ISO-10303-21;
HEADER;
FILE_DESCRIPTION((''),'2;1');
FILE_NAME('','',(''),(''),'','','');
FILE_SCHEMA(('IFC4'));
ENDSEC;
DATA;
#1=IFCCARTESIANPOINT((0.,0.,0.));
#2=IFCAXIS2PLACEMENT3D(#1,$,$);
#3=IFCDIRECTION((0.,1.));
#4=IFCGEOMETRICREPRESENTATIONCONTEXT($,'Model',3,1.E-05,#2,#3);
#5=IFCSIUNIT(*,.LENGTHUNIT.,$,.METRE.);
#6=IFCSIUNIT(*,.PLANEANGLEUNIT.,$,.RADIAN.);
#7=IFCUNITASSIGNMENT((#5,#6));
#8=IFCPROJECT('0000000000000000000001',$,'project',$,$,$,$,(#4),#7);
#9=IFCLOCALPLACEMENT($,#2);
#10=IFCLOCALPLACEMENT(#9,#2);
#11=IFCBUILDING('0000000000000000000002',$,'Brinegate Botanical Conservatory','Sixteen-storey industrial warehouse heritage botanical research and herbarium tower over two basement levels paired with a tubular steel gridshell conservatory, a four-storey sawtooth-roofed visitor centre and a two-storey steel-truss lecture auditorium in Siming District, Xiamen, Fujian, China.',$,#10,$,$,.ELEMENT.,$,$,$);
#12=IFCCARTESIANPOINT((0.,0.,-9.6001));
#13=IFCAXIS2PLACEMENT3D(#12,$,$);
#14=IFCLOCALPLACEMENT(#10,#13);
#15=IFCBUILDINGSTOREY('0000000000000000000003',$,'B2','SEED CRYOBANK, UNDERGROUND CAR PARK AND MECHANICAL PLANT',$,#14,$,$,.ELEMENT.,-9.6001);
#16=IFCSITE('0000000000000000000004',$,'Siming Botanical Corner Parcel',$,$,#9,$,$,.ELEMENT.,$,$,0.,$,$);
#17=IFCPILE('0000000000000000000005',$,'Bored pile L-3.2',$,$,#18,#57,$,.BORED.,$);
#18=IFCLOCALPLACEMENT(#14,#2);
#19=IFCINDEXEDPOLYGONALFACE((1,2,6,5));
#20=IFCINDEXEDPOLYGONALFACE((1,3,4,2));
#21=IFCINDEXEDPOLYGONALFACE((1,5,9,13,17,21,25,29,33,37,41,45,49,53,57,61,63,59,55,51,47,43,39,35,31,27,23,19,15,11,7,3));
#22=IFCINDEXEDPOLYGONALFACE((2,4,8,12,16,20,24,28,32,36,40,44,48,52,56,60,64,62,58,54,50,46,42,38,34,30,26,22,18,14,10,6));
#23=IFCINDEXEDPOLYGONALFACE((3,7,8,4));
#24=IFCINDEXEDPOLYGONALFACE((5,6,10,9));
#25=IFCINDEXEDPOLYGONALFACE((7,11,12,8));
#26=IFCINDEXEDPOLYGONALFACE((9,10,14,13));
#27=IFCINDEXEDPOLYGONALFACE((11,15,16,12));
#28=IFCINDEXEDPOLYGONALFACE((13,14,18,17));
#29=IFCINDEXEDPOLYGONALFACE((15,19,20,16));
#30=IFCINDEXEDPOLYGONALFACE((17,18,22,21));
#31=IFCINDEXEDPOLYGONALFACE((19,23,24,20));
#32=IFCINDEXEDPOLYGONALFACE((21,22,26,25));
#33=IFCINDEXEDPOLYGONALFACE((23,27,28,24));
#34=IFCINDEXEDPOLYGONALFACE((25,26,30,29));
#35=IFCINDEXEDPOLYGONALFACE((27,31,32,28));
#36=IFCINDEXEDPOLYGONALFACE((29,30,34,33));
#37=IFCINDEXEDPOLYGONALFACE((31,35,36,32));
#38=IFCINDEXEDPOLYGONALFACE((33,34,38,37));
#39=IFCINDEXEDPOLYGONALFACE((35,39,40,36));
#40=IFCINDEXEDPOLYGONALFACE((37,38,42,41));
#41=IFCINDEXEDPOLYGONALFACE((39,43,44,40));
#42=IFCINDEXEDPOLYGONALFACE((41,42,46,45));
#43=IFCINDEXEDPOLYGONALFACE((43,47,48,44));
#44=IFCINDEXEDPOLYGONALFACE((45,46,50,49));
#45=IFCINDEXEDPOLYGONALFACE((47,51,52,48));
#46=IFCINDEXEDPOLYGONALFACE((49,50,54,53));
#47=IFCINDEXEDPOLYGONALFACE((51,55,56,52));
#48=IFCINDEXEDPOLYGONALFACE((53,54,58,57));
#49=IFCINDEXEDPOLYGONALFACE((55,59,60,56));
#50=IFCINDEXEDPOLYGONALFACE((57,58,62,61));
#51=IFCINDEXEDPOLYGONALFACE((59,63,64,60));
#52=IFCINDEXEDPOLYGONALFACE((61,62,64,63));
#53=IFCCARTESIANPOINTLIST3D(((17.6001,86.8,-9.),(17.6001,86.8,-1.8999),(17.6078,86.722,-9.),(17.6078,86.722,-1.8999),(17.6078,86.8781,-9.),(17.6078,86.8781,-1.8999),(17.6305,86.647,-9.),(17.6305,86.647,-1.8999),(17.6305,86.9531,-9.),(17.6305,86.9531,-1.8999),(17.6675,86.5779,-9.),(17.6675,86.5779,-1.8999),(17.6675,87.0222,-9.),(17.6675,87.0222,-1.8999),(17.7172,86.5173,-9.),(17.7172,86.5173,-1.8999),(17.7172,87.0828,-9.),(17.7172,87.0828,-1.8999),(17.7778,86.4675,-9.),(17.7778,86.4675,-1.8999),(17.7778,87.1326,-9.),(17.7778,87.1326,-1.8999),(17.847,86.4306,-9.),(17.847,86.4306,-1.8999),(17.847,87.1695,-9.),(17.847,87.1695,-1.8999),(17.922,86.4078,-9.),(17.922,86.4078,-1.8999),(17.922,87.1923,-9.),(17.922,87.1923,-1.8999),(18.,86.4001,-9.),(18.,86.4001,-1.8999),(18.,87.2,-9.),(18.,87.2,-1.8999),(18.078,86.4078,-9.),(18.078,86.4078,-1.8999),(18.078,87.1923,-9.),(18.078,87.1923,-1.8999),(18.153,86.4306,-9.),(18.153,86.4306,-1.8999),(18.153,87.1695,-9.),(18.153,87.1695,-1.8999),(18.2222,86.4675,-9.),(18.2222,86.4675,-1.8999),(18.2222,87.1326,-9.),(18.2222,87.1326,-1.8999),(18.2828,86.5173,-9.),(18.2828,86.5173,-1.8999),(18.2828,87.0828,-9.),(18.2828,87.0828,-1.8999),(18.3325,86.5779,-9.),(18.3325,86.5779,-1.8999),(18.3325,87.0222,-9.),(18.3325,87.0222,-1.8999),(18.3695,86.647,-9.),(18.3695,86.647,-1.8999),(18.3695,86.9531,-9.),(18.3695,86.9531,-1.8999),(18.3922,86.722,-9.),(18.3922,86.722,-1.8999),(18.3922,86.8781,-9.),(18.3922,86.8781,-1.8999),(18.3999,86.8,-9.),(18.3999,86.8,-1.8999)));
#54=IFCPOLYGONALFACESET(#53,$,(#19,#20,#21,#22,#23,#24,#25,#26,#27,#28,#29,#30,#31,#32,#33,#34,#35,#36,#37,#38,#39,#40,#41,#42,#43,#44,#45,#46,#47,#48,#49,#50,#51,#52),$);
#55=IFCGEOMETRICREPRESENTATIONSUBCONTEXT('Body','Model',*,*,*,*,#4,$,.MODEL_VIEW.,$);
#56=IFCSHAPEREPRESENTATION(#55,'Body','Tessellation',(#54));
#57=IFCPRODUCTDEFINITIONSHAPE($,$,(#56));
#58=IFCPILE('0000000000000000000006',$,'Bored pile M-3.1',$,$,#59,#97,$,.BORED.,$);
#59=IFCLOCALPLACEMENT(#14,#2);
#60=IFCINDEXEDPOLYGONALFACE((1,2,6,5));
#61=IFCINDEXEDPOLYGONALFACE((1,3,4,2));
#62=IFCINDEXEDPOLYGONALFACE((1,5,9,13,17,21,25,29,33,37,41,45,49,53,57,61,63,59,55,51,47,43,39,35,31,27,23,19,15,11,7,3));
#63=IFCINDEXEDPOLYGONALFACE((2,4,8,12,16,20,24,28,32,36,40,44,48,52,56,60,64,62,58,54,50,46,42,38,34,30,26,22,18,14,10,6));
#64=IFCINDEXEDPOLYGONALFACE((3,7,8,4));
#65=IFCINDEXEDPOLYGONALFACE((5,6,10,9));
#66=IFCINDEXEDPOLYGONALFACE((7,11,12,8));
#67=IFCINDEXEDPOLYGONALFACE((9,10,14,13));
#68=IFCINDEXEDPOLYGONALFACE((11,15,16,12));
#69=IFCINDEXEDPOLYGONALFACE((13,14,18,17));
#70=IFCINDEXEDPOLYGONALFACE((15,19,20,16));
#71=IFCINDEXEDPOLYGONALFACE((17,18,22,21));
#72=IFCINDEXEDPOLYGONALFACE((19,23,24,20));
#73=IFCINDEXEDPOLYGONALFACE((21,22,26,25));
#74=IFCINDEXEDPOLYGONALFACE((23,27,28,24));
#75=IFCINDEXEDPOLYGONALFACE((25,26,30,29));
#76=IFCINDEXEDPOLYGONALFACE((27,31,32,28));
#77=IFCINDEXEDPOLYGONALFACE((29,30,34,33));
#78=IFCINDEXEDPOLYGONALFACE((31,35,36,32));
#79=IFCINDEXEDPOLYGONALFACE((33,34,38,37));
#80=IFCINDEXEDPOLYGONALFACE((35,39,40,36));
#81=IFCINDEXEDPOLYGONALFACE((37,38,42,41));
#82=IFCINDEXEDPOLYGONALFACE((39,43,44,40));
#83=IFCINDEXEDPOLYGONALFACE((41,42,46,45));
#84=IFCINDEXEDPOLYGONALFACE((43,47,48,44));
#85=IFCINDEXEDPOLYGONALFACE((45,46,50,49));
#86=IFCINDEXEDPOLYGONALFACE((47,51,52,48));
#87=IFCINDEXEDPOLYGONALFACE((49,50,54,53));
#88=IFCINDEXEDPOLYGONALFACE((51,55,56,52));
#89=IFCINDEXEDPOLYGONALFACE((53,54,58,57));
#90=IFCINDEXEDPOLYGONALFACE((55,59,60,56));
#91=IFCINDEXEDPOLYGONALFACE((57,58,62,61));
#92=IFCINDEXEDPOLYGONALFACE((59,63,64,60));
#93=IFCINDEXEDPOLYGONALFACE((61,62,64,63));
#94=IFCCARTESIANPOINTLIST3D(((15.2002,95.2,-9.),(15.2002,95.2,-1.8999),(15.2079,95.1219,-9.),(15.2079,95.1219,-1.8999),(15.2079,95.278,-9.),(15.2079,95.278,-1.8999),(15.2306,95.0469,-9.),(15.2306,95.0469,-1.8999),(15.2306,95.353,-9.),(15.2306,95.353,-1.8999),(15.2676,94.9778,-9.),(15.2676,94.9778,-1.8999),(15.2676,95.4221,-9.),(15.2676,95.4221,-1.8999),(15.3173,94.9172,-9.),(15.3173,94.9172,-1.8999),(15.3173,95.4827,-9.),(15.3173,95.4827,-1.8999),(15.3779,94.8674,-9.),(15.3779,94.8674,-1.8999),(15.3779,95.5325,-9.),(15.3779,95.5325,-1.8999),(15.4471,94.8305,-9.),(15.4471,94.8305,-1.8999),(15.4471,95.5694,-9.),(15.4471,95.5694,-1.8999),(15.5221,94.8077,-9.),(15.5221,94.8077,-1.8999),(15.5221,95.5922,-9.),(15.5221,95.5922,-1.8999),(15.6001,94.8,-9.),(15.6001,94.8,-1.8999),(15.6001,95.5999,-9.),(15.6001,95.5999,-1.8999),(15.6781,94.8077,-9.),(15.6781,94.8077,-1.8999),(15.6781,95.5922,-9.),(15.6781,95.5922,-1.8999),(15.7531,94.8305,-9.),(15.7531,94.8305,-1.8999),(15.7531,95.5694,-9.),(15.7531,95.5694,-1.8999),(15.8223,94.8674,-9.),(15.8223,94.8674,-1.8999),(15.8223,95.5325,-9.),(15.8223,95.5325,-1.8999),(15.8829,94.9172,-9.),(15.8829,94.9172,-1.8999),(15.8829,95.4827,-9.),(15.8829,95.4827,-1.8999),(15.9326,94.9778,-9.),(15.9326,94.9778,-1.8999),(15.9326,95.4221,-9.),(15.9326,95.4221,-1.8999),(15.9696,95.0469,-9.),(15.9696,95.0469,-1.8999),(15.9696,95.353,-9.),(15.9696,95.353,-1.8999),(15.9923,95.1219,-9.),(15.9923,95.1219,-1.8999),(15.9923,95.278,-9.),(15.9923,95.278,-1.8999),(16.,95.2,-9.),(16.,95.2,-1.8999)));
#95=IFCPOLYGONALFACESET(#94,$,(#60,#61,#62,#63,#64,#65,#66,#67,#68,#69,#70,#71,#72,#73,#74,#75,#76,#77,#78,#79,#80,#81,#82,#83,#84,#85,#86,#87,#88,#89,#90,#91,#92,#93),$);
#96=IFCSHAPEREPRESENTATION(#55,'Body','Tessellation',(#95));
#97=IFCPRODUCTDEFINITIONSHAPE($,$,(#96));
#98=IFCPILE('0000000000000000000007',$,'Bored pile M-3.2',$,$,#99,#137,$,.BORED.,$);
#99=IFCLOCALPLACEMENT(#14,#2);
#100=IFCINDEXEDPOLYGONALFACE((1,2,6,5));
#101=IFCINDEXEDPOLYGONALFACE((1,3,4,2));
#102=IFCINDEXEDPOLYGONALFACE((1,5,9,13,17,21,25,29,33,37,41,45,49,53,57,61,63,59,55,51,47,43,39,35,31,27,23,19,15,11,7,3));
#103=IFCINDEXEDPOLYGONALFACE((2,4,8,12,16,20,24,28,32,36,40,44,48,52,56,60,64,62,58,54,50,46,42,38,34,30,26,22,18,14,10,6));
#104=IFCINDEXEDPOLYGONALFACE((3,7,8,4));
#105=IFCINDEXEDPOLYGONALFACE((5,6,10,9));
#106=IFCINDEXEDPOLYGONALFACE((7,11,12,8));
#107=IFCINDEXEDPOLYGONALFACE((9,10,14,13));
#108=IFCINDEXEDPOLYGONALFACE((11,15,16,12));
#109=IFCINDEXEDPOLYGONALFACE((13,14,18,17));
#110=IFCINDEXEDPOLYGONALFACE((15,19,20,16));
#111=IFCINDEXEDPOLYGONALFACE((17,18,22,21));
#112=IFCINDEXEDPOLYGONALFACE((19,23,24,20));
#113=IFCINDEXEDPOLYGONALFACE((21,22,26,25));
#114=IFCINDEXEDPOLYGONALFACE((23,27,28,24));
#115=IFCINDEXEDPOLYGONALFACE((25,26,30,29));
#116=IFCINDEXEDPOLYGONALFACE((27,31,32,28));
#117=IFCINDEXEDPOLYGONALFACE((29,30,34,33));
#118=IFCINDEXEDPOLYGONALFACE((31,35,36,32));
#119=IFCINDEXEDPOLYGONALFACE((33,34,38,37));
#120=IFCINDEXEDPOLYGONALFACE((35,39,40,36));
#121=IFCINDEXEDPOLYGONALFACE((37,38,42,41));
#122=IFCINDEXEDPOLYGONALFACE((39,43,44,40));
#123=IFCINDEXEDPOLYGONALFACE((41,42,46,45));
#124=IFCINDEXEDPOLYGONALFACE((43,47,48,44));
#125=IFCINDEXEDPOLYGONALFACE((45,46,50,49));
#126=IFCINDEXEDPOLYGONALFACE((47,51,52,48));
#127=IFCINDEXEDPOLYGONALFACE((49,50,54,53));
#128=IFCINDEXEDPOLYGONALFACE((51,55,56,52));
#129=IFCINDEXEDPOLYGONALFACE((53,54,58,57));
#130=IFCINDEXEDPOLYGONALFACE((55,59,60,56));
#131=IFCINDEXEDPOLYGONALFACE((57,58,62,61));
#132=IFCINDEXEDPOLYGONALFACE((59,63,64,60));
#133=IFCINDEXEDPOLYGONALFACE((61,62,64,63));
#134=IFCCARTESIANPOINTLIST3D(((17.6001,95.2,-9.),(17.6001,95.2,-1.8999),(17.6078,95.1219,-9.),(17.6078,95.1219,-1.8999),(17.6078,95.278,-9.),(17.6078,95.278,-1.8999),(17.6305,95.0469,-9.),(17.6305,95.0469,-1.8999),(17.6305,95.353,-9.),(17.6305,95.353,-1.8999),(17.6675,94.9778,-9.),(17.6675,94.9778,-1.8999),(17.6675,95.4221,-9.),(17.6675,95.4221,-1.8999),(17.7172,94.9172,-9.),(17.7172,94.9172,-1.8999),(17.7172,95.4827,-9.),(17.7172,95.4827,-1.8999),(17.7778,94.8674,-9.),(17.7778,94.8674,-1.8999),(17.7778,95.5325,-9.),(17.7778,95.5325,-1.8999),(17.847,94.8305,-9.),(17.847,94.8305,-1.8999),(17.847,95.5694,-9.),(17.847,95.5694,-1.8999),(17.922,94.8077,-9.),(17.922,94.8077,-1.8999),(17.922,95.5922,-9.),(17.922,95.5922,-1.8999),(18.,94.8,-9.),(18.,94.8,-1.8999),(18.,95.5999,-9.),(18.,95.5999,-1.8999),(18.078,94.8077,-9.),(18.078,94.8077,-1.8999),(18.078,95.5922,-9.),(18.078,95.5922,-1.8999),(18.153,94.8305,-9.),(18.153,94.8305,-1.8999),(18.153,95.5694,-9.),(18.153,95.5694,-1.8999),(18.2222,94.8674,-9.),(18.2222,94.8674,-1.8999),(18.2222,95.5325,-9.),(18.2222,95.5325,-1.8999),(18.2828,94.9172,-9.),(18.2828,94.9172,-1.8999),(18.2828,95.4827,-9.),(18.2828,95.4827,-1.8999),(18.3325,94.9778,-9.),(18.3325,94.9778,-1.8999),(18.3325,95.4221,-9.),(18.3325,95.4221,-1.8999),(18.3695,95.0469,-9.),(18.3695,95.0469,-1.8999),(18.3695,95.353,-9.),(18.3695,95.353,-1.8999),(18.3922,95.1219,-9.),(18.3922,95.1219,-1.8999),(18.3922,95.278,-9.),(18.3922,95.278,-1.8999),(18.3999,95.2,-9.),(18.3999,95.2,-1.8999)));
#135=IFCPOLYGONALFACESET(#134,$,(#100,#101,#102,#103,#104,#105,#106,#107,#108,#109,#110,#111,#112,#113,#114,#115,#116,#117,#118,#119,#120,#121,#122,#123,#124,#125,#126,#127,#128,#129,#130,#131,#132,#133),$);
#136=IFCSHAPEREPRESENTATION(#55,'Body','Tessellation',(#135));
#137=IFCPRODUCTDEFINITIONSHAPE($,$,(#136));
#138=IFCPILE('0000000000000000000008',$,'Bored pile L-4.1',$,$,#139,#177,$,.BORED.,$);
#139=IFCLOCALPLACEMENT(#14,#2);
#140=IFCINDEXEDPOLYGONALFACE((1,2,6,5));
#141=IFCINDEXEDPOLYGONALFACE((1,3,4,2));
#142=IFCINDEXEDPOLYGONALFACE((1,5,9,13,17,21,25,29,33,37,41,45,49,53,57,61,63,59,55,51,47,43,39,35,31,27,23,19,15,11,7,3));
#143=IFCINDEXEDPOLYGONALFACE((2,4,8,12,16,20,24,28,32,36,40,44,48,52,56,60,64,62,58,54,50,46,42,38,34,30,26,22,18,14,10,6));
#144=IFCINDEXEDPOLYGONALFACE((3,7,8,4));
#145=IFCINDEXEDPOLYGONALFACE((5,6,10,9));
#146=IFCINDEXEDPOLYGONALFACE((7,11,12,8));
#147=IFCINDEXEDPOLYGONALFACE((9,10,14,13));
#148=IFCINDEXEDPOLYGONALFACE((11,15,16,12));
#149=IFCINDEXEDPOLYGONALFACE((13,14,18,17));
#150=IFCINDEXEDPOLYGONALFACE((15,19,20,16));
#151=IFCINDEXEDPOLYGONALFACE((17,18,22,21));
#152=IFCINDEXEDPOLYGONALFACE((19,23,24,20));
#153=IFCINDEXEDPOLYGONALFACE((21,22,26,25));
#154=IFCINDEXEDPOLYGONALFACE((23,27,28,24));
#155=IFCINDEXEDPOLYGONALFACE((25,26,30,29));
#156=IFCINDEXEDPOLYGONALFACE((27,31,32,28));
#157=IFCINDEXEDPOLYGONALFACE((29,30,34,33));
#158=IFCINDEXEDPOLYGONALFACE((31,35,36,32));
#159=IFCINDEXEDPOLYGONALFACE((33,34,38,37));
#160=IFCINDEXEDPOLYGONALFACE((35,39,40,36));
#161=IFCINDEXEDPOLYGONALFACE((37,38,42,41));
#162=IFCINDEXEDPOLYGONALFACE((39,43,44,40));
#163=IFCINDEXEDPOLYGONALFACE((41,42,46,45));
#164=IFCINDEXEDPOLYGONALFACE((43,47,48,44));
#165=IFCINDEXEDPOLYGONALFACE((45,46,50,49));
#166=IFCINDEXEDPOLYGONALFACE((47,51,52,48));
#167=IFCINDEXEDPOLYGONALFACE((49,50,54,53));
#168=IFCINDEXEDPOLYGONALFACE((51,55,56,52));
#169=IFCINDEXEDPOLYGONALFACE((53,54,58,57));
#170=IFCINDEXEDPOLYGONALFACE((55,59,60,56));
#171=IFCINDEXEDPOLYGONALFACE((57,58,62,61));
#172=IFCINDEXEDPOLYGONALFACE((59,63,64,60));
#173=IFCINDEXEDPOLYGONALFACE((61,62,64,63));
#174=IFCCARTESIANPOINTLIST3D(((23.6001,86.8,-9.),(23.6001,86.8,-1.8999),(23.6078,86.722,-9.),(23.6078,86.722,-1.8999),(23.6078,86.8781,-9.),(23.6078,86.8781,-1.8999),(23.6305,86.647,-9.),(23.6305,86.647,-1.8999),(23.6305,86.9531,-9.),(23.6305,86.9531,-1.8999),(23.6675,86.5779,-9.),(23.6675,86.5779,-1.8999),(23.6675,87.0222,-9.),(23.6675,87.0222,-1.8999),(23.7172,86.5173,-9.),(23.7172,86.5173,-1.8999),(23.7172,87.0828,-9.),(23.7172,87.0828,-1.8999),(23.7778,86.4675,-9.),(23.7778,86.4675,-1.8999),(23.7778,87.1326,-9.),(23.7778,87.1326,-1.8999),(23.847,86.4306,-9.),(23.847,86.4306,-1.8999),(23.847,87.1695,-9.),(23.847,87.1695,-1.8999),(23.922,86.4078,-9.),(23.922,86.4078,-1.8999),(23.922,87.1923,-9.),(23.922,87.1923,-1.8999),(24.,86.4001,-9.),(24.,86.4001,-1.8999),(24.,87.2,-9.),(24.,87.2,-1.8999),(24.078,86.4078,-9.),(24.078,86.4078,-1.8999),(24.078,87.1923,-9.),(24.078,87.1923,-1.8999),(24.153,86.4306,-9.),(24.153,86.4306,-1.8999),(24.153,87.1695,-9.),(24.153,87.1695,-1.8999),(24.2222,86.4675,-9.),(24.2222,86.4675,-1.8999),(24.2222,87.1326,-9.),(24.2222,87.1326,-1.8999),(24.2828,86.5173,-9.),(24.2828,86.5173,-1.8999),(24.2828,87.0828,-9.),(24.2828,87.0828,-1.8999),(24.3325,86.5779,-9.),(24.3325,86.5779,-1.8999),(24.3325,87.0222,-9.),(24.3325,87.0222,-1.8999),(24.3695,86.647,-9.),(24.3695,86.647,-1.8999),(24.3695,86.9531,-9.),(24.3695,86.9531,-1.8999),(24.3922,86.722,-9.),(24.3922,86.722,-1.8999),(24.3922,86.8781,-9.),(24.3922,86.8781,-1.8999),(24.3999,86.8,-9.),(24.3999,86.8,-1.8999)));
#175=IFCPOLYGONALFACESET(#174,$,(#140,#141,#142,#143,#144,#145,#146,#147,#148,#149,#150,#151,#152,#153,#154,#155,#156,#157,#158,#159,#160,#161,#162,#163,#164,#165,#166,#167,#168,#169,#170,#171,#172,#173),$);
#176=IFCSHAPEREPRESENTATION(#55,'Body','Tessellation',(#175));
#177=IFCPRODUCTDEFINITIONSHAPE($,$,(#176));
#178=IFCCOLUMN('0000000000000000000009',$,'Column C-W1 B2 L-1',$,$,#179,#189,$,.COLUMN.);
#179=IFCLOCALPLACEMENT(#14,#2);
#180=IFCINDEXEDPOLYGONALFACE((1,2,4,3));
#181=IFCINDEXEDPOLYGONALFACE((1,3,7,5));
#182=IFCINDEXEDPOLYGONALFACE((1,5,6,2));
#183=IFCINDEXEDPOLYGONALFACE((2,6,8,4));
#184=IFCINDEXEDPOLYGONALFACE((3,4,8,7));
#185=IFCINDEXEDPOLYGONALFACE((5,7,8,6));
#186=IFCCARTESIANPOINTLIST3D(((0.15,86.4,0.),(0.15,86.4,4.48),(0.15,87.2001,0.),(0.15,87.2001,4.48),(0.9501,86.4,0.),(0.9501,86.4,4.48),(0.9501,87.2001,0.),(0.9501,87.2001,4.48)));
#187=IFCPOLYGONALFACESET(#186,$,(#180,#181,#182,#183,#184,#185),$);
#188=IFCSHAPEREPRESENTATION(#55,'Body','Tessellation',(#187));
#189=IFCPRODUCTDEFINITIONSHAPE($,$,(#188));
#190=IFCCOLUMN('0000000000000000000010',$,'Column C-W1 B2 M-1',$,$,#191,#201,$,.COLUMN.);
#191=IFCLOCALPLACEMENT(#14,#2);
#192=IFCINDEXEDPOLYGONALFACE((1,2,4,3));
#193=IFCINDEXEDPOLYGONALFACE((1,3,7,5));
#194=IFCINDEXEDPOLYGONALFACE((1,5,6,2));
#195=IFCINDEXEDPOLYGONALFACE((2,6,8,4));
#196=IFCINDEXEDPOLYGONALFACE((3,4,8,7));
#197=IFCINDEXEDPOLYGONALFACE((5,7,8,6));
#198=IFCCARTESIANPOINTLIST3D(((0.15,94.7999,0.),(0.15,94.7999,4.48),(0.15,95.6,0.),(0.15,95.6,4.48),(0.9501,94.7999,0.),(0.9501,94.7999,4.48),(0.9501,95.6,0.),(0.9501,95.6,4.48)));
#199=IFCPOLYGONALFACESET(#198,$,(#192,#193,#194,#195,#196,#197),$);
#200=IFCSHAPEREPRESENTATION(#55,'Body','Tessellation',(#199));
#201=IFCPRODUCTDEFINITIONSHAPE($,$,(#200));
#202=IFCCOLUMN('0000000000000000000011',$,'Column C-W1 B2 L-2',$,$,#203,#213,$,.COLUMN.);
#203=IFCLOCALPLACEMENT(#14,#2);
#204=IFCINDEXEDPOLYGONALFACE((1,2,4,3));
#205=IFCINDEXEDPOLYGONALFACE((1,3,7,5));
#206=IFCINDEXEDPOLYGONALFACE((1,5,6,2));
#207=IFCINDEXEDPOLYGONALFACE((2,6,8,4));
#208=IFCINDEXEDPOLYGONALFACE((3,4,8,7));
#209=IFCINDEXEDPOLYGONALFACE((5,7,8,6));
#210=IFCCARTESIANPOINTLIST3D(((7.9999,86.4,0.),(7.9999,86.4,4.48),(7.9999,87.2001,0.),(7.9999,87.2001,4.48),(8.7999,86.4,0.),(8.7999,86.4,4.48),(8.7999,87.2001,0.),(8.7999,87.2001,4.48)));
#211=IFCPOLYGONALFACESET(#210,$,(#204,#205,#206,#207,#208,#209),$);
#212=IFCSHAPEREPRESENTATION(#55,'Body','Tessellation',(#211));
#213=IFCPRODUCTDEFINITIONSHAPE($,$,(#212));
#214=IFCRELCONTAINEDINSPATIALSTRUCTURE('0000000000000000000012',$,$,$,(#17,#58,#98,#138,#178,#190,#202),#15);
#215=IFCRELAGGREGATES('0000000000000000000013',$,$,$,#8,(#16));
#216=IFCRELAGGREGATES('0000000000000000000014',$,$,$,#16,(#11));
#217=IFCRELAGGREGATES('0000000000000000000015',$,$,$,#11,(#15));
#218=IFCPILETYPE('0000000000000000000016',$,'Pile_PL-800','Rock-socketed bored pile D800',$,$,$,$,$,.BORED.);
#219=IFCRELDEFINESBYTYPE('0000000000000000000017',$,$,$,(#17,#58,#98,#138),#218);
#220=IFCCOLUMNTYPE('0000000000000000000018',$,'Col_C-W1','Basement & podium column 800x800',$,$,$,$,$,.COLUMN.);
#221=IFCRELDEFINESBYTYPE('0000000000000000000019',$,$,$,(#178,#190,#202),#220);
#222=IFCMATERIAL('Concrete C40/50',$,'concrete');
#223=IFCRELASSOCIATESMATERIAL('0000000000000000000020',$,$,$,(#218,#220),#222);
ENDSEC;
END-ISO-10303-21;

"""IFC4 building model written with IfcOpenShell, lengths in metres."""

from ifc_helpers import new_model, si_unit, direction, frame, origin, origin_2d, place, context, subcontext, project, spatial, rectangle, circle, extrude, material, material_profile, profile_set, type_object, element, save


model = new_model("IFC4")

# Units and contexts
model_context = context("Model", 3, precision=1e-05, world=origin(), true_north=direction((0.0, 1.0)))
body_context = subcontext(model_context, "Body", "Model", "MODEL_VIEW")
ifc_project = project(units=[si_unit("LENGTHUNIT", "METRE"), si_unit("PLANEANGLEUNIT", "RADIAN")], contexts=[model_context])

# Site, building, storey
site_placement = place(None, origin())
site = spatial("IfcSite", under=ifc_project, at=site_placement, Name="Siming Botanical Corner Parcel", CompositionType="ELEMENT", RefElevation=0.0)
building_placement = place(site_placement, origin())
building = spatial("IfcBuilding", under=site, at=building_placement, Name="Brinegate Botanical Conservatory", Description="Sixteen-storey industrial warehouse heritage botanical research and herbarium tower over two basement levels paired with a tubular steel gridshell conservatory, a four-storey sawtooth-roofed visitor centre and a two-storey steel-truss lecture auditorium in Siming District, Xiamen, Fujian, China.", CompositionType="ELEMENT")
storey_placement = place(building_placement, frame((0.0, 0.0, -9.6001)))
storey = spatial("IfcBuildingStorey", under=building, at=storey_placement, Name="B2", Description="SEED CRYOBANK, UNDERGROUND CAR PARK AND MECHANICAL PLANT", CompositionType="ELEMENT", Elevation=-9.6001)

# Shared definitions
ifc_material_1 = material(Name="Concrete C40/50", Category="concrete")

# Piles
ifc_material_profile_1 = material_profile(ifc_material_1, circle(Radius=0.3999, at=origin_2d()), Name="PILE D800")
ifc_profile_set_1 = profile_set([ifc_material_profile_1], Name="Concrete C40/50")
pile_type = type_object("IfcPileType", Name="Pile_PL-800", Description="Rock-socketed bored pile D800", PredefinedType="BORED", material=ifc_profile_set_1)
for number, where, z_axis, x_axis, name in (
    (1, (18.0, 86.8, -1.8999), (0.0, 0.0, -1.0), (1.0, 0.0, 0.0), "Bored pile L-3.2"),
    (2, (15.6001, 95.2, -1.8999), (0.0, 0.0, -1.0), (1.0, 0.0, 0.0), "Bored pile M-3.1"),
    (3, (18.0, 95.2, -1.8999), (0.0, 0.0, -1.0), (1.0, 0.0, 0.0), "Bored pile M-3.2"),
    (4, (24.0, 86.8, -1.8999), (0.0, 0.0, -1.0), (1.0, 0.0, 0.0), "Bored pile L-4.1"),
):
    element("IfcPile", number, at=place(storey_placement, frame(where, z_axis=z_axis, x_axis=x_axis)), inside=storey, type_object=pile_type, Name=name, PredefinedType="BORED", context=body_context, shape_type="SweptSolid", body=[
        extrude(circle(Radius=0.3999, at=origin_2d()), origin(), (0.0, 0.0, 1.0), 7.1001),
    ])

# Columns
ifc_material_profile_2 = material_profile(ifc_material_1, rectangle(XDim=0.8, YDim=0.8, at=origin_2d()), Name="RC COL 800x800")
ifc_profile_set_2 = profile_set([ifc_material_profile_2], Name="Concrete C40/50")
column_type_1 = type_object("IfcColumnType", Name="Col_C-W1", Description="Basement & podium column 800x800", PredefinedType="COLUMN", material=ifc_profile_set_2)
for number, where, z_axis, x_axis, name in (
    (5, (0.55, 86.8, 0.0), (0.0, 0.0, 1.0), (1.0, 0.0, 0.0), "Column C-W1 B2 L-1"),
    (6, (0.55, 95.2, 0.0), (0.0, 0.0, 1.0), (1.0, 0.0, 0.0), "Column C-W1 B2 M-1"),
    (7, (8.3999, 86.8, 0.0), (0.0, 0.0, 1.0), (1.0, 0.0, 0.0), "Column C-W1 B2 L-2"),
):
    element("IfcColumn", number, at=place(storey_placement, frame(where, z_axis=z_axis, x_axis=x_axis)), inside=storey, type_object=column_type_1, Name=name, PredefinedType="COLUMN", context=body_context, shape_type="SweptSolid", body=[
        extrude(rectangle(XDim=0.8, YDim=0.8, at=origin_2d()), origin(), (0.0, 0.0, 1.0), 4.48),
    ])

save(model, "model.ifc")
